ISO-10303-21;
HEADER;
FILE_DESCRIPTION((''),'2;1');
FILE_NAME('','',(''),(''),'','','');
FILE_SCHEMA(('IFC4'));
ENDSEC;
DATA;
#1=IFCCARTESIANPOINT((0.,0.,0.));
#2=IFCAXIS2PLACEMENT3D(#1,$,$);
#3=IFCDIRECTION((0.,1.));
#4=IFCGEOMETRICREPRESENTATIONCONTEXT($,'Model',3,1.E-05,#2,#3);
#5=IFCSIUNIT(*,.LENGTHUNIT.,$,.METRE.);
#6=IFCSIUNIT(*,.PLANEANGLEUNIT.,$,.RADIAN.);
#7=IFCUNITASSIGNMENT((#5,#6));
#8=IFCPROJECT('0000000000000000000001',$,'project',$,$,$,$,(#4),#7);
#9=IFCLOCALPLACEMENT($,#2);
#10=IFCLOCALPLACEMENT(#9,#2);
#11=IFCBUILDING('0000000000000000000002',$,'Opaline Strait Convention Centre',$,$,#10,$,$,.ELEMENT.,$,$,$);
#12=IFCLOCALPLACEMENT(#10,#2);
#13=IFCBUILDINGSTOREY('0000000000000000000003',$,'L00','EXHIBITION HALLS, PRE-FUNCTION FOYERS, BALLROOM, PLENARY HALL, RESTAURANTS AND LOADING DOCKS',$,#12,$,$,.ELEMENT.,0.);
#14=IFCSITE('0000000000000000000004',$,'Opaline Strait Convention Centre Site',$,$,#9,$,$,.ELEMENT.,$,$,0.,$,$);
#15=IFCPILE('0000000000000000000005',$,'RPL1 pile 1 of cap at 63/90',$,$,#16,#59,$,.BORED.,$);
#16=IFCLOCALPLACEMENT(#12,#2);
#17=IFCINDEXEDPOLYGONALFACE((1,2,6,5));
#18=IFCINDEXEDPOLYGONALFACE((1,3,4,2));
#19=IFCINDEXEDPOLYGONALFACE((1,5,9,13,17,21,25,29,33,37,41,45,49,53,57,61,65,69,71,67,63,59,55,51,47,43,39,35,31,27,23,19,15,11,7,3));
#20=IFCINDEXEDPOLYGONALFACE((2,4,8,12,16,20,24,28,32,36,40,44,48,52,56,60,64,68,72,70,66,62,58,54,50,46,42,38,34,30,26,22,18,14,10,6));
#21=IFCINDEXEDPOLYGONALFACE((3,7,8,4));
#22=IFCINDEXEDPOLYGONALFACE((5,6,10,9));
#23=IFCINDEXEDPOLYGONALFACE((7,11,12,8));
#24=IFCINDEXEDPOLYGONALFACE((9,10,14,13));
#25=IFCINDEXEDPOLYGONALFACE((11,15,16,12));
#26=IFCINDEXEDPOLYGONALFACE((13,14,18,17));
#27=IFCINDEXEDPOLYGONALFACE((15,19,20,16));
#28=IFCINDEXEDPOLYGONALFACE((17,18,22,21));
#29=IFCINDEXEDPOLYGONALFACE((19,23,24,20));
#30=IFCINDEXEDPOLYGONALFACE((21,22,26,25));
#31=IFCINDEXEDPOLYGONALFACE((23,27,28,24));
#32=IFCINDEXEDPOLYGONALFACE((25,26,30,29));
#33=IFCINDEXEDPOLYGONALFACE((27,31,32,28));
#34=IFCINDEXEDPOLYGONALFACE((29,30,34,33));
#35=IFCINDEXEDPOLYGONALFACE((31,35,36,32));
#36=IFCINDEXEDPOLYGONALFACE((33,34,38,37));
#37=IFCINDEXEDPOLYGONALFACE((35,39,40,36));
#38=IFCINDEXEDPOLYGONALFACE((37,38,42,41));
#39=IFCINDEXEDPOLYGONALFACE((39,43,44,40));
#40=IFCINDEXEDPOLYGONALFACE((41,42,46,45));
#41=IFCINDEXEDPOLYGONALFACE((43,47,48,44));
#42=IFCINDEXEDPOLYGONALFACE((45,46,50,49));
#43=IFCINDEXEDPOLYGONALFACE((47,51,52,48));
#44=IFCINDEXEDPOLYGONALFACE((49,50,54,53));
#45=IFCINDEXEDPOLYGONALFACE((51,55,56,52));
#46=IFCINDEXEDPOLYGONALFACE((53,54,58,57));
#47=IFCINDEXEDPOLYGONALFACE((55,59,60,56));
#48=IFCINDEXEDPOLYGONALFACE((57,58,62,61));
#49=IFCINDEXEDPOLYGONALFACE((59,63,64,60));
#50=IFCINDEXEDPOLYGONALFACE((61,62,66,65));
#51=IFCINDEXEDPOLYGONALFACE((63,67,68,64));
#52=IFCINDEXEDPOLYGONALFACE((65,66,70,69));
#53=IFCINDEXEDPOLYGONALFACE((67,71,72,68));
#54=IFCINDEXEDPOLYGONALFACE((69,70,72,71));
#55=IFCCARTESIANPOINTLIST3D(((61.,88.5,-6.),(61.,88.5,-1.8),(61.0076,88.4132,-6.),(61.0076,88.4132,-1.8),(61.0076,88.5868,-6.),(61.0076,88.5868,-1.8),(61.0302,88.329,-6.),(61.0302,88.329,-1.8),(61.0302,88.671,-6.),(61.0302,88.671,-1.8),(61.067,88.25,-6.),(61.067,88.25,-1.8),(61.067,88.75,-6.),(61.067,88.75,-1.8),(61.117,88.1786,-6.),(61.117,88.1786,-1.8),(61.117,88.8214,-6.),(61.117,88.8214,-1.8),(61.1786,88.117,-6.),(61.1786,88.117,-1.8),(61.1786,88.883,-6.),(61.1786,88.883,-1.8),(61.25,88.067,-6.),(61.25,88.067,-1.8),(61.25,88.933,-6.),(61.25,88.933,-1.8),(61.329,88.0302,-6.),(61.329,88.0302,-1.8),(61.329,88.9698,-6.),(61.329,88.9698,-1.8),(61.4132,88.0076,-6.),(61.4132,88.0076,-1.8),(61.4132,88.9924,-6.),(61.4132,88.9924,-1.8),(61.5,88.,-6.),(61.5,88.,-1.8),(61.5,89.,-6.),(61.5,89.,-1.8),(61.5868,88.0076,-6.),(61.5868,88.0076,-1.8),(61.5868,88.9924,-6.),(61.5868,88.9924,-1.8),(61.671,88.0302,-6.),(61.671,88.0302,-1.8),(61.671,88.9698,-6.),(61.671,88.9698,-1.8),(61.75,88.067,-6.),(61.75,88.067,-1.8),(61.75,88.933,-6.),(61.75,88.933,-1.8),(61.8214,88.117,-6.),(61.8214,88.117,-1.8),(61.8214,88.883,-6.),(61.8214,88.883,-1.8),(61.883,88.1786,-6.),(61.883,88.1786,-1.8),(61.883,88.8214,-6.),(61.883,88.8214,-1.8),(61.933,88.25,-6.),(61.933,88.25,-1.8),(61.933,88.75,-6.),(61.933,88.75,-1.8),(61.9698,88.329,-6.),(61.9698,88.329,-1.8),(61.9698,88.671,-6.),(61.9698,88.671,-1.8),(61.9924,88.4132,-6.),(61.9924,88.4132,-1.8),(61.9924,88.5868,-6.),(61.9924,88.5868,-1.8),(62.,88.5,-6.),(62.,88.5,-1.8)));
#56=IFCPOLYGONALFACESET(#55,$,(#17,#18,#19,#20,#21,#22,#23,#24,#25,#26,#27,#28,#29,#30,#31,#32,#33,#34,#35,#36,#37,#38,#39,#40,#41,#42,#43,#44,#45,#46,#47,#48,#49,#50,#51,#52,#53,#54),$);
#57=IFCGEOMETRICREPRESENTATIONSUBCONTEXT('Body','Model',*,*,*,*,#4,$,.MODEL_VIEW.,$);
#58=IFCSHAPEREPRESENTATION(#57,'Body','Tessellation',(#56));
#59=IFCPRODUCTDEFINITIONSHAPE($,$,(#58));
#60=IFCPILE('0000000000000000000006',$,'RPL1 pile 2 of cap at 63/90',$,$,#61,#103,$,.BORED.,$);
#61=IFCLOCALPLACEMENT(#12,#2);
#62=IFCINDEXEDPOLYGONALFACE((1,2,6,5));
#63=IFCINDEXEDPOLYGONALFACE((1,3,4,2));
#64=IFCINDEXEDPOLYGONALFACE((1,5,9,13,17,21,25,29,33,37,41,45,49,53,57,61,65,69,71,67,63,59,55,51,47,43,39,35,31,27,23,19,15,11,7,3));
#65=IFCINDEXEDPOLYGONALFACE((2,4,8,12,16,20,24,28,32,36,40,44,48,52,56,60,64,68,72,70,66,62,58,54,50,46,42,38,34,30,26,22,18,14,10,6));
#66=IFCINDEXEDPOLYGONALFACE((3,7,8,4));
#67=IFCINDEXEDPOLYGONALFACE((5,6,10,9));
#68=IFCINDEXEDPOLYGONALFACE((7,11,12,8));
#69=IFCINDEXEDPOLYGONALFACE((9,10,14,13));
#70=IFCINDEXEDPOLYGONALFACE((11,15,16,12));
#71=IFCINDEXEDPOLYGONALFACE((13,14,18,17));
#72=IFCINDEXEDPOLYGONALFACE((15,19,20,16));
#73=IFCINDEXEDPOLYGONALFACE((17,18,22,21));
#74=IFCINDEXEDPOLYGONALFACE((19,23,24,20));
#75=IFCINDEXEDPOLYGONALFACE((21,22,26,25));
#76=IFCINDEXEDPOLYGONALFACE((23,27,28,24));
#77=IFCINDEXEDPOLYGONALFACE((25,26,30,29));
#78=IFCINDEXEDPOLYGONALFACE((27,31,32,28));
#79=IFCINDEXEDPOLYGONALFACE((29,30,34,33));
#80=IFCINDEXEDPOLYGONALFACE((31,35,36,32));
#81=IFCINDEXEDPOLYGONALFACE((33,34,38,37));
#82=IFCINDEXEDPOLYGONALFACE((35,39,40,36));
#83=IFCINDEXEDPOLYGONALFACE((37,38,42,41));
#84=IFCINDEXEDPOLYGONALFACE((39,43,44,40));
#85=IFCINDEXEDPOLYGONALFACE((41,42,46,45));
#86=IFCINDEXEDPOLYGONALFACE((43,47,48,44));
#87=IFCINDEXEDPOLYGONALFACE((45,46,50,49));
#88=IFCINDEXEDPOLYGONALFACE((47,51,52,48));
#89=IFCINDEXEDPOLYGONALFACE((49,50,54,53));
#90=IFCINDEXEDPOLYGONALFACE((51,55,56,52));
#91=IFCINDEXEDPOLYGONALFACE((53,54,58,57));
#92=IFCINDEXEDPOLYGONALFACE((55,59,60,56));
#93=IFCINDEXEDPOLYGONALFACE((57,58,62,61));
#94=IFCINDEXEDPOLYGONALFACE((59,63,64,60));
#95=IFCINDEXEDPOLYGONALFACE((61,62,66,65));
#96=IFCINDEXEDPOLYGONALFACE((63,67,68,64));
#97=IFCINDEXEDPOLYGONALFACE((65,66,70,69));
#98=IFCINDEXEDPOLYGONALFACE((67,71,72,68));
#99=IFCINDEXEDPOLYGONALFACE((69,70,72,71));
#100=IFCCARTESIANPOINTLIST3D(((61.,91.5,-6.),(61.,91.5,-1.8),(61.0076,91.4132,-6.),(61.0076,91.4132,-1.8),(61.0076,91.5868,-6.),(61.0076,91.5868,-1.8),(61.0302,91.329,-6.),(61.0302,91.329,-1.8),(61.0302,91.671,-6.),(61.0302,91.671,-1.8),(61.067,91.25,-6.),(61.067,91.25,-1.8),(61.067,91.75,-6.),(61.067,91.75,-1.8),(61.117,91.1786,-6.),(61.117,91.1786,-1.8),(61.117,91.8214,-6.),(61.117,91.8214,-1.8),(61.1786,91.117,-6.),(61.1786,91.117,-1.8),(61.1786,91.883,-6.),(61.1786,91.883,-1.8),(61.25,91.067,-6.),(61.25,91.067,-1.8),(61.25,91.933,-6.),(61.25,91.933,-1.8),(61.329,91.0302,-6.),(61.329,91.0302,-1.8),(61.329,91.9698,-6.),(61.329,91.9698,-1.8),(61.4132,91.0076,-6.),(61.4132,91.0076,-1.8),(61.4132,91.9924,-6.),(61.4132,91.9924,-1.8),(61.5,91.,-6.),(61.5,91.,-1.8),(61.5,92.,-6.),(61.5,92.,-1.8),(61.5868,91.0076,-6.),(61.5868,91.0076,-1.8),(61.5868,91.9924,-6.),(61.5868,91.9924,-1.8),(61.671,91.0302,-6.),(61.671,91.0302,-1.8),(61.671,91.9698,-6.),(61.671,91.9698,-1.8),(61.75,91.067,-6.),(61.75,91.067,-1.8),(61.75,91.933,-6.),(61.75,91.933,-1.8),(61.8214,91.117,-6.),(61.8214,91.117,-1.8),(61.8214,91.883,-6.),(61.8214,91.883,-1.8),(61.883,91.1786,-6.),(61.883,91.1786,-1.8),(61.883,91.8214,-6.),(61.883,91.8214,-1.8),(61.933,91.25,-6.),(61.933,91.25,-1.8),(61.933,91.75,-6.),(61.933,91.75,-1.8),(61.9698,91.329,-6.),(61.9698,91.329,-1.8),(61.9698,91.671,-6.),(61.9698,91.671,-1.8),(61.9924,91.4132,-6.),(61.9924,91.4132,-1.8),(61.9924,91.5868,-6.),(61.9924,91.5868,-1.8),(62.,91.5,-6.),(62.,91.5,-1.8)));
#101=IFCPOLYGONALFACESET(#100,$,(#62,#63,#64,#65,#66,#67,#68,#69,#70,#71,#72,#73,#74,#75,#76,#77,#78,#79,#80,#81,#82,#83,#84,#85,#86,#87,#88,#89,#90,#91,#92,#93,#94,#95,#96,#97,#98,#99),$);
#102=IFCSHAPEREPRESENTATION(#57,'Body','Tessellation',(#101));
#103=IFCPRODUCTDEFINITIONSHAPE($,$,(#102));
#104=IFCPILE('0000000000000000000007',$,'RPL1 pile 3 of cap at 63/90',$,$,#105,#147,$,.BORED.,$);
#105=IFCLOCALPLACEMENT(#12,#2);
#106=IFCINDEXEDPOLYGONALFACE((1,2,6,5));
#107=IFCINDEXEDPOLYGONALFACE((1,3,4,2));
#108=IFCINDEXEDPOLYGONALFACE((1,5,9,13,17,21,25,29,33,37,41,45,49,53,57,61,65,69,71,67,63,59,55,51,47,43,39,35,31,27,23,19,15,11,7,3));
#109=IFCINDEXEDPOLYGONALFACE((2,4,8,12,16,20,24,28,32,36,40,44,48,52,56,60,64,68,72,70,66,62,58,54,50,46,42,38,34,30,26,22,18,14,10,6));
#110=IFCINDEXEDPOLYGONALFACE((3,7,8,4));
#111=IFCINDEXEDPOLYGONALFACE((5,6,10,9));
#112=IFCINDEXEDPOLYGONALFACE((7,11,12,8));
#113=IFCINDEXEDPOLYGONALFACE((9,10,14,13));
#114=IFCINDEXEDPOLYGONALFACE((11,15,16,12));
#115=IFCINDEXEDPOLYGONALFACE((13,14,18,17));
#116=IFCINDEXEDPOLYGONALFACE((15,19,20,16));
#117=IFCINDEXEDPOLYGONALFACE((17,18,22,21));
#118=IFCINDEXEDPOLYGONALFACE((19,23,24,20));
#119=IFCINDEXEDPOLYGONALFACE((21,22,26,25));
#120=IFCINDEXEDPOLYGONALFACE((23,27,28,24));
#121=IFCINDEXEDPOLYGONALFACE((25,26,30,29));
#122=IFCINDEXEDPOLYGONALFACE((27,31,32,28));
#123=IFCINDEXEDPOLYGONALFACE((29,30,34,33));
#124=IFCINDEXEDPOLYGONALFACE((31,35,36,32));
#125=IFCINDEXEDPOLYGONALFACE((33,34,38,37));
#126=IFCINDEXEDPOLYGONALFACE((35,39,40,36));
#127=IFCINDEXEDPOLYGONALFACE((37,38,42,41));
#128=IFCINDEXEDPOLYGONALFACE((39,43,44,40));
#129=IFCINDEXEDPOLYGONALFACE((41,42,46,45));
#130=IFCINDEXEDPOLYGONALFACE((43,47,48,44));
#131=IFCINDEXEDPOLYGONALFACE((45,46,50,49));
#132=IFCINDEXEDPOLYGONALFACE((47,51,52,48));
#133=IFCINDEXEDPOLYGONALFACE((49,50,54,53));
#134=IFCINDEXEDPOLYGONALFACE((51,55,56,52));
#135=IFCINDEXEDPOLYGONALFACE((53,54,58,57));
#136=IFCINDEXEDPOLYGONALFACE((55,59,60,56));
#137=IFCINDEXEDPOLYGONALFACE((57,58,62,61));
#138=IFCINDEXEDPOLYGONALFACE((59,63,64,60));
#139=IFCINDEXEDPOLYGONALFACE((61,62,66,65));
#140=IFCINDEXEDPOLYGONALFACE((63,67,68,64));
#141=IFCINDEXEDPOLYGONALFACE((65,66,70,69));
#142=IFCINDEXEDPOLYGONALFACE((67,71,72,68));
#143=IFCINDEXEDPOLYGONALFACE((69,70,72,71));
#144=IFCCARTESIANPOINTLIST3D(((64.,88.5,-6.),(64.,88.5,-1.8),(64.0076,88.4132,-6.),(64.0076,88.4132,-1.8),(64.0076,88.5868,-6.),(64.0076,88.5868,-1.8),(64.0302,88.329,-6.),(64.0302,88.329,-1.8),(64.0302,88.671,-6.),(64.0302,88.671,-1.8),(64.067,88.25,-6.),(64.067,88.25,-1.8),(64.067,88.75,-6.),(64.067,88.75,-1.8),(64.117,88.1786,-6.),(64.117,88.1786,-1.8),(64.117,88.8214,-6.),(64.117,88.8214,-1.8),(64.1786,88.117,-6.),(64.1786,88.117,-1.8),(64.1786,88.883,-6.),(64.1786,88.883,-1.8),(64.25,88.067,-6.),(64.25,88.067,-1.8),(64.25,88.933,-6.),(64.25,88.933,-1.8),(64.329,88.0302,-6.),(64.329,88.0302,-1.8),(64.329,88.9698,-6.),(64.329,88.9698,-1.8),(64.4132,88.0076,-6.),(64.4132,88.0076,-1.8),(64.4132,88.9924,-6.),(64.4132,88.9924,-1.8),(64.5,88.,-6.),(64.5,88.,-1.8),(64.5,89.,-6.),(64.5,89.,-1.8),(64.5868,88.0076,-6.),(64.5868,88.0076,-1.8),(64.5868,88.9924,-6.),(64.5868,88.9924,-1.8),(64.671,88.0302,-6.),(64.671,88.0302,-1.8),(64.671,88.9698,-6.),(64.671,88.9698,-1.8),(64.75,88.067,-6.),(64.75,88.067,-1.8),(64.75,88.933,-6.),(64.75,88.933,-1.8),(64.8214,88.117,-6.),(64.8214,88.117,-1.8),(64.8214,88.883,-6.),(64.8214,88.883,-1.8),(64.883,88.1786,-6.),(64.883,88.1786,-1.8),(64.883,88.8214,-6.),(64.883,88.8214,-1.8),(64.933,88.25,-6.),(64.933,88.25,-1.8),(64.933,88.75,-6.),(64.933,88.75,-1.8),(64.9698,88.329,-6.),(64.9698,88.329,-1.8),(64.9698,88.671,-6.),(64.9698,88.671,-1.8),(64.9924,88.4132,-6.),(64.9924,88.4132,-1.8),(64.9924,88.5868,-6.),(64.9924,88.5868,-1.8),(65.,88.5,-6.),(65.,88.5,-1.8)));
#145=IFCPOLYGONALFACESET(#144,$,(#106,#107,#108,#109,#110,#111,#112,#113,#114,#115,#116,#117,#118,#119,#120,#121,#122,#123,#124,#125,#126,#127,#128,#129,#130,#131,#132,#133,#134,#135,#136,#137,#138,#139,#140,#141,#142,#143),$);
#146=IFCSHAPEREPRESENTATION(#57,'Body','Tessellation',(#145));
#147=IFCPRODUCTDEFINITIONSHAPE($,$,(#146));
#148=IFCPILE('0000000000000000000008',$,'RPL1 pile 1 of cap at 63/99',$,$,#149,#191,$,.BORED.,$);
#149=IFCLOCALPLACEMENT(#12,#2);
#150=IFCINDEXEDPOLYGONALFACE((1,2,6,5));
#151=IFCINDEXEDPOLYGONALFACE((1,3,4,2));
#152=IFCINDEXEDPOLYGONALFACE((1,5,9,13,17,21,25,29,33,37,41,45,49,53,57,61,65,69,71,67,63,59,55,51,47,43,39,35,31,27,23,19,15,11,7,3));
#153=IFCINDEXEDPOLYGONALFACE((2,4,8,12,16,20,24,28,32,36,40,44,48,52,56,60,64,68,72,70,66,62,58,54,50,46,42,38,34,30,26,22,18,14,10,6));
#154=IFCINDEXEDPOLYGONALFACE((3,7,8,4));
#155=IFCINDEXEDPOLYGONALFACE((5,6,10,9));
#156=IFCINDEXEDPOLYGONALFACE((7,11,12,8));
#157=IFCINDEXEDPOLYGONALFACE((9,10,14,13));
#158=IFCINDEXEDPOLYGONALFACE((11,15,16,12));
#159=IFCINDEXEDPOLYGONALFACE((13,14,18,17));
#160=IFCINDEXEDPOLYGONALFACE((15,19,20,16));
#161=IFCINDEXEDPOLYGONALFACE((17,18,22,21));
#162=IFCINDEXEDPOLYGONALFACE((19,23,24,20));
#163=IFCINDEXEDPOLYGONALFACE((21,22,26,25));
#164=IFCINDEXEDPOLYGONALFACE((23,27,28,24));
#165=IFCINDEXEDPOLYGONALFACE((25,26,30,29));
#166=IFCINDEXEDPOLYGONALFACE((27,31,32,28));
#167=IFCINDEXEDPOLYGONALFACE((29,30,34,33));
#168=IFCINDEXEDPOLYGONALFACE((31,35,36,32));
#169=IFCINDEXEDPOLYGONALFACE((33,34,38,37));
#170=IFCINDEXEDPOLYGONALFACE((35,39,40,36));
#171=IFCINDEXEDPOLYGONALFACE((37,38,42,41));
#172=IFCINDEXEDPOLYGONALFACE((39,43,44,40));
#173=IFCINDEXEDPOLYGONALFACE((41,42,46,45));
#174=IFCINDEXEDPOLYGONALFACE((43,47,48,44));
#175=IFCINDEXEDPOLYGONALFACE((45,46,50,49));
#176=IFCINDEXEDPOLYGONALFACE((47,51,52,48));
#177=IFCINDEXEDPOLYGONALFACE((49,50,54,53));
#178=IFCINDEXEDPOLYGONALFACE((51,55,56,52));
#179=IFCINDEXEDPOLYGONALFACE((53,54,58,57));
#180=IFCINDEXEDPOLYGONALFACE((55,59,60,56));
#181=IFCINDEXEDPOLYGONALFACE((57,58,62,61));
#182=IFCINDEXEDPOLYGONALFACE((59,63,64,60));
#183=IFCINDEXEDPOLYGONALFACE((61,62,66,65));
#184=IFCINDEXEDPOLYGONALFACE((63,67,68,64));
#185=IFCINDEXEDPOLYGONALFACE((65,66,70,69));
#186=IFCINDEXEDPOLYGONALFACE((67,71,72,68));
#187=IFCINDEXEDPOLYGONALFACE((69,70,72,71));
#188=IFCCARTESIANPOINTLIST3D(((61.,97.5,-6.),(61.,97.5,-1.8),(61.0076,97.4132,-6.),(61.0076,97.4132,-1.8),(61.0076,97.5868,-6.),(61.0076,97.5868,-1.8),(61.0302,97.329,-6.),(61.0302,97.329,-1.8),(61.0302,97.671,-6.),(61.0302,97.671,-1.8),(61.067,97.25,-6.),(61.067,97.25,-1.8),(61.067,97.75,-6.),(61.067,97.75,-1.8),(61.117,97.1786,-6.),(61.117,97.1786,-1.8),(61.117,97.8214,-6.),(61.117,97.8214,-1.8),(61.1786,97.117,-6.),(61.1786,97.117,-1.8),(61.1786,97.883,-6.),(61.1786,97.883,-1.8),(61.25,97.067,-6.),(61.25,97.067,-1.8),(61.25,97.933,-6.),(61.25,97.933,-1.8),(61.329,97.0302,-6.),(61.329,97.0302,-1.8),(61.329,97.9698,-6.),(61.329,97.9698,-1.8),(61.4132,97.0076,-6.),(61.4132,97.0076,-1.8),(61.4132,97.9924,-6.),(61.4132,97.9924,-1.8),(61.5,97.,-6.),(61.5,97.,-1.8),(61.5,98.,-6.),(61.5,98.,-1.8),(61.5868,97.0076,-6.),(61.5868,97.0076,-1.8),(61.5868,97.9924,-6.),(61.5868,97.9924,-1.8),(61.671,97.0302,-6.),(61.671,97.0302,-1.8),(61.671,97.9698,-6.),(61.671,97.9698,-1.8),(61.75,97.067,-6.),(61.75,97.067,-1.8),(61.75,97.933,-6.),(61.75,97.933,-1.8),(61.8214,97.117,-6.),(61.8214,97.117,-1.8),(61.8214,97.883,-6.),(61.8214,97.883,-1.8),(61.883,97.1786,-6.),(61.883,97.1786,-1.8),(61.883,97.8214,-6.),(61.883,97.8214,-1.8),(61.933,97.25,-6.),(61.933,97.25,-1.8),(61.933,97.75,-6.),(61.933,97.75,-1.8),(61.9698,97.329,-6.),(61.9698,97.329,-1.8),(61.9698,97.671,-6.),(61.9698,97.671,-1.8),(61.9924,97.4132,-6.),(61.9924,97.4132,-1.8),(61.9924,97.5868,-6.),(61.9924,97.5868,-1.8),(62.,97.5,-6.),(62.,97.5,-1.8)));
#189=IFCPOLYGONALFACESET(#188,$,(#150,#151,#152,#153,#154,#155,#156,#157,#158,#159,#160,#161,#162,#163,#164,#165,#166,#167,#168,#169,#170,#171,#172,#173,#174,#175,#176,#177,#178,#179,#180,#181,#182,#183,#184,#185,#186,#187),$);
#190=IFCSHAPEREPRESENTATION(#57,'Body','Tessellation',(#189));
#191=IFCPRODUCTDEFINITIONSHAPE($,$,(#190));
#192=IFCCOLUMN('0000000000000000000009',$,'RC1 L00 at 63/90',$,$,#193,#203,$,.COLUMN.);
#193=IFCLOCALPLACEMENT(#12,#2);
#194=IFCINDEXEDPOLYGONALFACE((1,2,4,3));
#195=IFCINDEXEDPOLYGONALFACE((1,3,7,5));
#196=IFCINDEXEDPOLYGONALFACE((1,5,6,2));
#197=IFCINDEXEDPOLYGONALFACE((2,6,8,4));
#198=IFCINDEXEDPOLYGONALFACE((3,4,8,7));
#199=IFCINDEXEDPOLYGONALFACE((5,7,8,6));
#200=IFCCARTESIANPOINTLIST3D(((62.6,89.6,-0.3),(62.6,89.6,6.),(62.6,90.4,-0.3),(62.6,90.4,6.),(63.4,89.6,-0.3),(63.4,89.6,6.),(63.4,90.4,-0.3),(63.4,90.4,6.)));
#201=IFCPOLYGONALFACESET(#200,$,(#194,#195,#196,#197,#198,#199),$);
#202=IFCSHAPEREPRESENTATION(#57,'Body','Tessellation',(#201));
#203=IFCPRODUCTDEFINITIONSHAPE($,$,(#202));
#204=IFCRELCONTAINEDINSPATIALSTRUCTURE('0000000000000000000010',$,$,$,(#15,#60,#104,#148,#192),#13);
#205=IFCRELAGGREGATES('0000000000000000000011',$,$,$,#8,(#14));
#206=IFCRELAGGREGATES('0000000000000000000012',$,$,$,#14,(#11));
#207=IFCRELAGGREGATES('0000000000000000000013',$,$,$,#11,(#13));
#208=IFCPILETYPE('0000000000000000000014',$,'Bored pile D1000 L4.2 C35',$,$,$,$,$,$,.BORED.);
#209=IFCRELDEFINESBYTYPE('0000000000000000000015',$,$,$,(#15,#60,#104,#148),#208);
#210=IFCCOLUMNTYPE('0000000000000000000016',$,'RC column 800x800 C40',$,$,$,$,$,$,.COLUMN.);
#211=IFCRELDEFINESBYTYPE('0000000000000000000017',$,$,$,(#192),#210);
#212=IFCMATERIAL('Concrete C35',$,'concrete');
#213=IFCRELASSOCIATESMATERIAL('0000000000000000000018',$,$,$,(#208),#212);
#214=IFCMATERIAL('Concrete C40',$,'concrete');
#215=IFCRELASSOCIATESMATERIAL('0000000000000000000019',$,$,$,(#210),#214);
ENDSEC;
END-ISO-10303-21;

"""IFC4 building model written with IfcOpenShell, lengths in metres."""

from ifc_helpers import new_model, si_unit, direction, frame, origin, origin_2d, place, context, subcontext, project, spatial, rectangle, circle, extrude, material, material_profile, profile_set, type_object, element, save


model = new_model("IFC4")

# Units and contexts
model_context = context("Model", 3, precision=1e-05, world=origin(), true_north=direction((0.0, 1.0)))
body_context = subcontext(model_context, "Body", "Model", "MODEL_VIEW")
ifc_project = project(units=[si_unit("LENGTHUNIT", "METRE"), si_unit("PLANEANGLEUNIT", "RADIAN")], contexts=[model_context])

# Site, building, storey
site_placement = place(None, origin())
site = spatial("IfcSite", under=ifc_project, at=site_placement, Name="Opaline Strait Convention Centre Site", CompositionType="ELEMENT", RefElevation=0.0)
building_placement = place(site_placement, origin())
building = spatial("IfcBuilding", under=site, at=building_placement, Name="Opaline Strait Convention Centre", CompositionType="ELEMENT")
storey_placement = place(building_placement, origin())
storey = spatial("IfcBuildingStorey", under=building, at=storey_placement, Name="L00", Description="EXHIBITION HALLS, PRE-FUNCTION FOYERS, BALLROOM, PLENARY HALL, RESTAURANTS AND LOADING DOCKS", CompositionType="ELEMENT", Elevation=0.0)

# Piles
ifc_material_1 = material(Name="Concrete C35", Category="concrete")
ifc_material_profile_1 = material_profile(ifc_material_1, circle(Radius=0.5, at=origin_2d()), Name="D1000")
ifc_profile_set_1 = profile_set([ifc_material_profile_1], Name="Concrete C35")
pile_type = type_object("IfcPileType", Name="Bored pile D1000 L4.2 C35", PredefinedType="BORED", material=ifc_profile_set_1)
for number, where, z_axis, x_axis, name in (
    (1, (61.5, 88.5, -1.8), (0.0, 0.0, -1.0), (1.0, 0.0, 0.0), "RPL1 pile 1 of cap at 63/90"),
    (2, (61.5, 91.5, -1.8), (0.0, 0.0, -1.0), (1.0, 0.0, 0.0), "RPL1 pile 2 of cap at 63/90"),
    (3, (64.5, 88.5, -1.8), (0.0, 0.0, -1.0), (1.0, 0.0, 0.0), "RPL1 pile 3 of cap at 63/90"),
    (4, (61.5, 97.5, -1.8), (0.0, 0.0, -1.0), (1.0, 0.0, 0.0), "RPL1 pile 1 of cap at 63/99"),
):
    element("IfcPile", number, at=place(storey_placement, frame(where, z_axis=z_axis, x_axis=x_axis)), inside=storey, type_object=pile_type, Name=name, PredefinedType="BORED", context=body_context, shape_type="SweptSolid", body=[
        extrude(circle(Radius=0.5, at=origin_2d()), origin(), (0.0, 0.0, 1.0), 4.2),
    ])

# Column
ifc_material_2 = material(Name="Concrete C40", Category="concrete")
ifc_material_profile_2 = material_profile(ifc_material_2, rectangle(XDim=0.8, YDim=0.8, at=origin_2d()), Name="RC 800x800")
ifc_profile_set_2 = profile_set([ifc_material_profile_2], Name="Concrete C40")
column_type = type_object("IfcColumnType", Name="RC column 800x800 C40", PredefinedType="COLUMN", material=ifc_profile_set_2)
column_placement = place(storey_placement, frame((63.0, 90.0, -0.3), z_axis=(0.0, 0.0, 1.0), x_axis=(1.0, 0.0, 0.0)))
element("IfcColumn", 5, at=column_placement, inside=storey, type_object=column_type, Name="RC1 L00 at 63/90", PredefinedType="COLUMN", context=body_context, shape_type="SweptSolid", body=[
    extrude(rectangle(XDim=0.8, YDim=0.8, at=origin_2d()), origin(), (0.0, 0.0, 1.0), 6.3),
])

save(model, "model.ifc")
